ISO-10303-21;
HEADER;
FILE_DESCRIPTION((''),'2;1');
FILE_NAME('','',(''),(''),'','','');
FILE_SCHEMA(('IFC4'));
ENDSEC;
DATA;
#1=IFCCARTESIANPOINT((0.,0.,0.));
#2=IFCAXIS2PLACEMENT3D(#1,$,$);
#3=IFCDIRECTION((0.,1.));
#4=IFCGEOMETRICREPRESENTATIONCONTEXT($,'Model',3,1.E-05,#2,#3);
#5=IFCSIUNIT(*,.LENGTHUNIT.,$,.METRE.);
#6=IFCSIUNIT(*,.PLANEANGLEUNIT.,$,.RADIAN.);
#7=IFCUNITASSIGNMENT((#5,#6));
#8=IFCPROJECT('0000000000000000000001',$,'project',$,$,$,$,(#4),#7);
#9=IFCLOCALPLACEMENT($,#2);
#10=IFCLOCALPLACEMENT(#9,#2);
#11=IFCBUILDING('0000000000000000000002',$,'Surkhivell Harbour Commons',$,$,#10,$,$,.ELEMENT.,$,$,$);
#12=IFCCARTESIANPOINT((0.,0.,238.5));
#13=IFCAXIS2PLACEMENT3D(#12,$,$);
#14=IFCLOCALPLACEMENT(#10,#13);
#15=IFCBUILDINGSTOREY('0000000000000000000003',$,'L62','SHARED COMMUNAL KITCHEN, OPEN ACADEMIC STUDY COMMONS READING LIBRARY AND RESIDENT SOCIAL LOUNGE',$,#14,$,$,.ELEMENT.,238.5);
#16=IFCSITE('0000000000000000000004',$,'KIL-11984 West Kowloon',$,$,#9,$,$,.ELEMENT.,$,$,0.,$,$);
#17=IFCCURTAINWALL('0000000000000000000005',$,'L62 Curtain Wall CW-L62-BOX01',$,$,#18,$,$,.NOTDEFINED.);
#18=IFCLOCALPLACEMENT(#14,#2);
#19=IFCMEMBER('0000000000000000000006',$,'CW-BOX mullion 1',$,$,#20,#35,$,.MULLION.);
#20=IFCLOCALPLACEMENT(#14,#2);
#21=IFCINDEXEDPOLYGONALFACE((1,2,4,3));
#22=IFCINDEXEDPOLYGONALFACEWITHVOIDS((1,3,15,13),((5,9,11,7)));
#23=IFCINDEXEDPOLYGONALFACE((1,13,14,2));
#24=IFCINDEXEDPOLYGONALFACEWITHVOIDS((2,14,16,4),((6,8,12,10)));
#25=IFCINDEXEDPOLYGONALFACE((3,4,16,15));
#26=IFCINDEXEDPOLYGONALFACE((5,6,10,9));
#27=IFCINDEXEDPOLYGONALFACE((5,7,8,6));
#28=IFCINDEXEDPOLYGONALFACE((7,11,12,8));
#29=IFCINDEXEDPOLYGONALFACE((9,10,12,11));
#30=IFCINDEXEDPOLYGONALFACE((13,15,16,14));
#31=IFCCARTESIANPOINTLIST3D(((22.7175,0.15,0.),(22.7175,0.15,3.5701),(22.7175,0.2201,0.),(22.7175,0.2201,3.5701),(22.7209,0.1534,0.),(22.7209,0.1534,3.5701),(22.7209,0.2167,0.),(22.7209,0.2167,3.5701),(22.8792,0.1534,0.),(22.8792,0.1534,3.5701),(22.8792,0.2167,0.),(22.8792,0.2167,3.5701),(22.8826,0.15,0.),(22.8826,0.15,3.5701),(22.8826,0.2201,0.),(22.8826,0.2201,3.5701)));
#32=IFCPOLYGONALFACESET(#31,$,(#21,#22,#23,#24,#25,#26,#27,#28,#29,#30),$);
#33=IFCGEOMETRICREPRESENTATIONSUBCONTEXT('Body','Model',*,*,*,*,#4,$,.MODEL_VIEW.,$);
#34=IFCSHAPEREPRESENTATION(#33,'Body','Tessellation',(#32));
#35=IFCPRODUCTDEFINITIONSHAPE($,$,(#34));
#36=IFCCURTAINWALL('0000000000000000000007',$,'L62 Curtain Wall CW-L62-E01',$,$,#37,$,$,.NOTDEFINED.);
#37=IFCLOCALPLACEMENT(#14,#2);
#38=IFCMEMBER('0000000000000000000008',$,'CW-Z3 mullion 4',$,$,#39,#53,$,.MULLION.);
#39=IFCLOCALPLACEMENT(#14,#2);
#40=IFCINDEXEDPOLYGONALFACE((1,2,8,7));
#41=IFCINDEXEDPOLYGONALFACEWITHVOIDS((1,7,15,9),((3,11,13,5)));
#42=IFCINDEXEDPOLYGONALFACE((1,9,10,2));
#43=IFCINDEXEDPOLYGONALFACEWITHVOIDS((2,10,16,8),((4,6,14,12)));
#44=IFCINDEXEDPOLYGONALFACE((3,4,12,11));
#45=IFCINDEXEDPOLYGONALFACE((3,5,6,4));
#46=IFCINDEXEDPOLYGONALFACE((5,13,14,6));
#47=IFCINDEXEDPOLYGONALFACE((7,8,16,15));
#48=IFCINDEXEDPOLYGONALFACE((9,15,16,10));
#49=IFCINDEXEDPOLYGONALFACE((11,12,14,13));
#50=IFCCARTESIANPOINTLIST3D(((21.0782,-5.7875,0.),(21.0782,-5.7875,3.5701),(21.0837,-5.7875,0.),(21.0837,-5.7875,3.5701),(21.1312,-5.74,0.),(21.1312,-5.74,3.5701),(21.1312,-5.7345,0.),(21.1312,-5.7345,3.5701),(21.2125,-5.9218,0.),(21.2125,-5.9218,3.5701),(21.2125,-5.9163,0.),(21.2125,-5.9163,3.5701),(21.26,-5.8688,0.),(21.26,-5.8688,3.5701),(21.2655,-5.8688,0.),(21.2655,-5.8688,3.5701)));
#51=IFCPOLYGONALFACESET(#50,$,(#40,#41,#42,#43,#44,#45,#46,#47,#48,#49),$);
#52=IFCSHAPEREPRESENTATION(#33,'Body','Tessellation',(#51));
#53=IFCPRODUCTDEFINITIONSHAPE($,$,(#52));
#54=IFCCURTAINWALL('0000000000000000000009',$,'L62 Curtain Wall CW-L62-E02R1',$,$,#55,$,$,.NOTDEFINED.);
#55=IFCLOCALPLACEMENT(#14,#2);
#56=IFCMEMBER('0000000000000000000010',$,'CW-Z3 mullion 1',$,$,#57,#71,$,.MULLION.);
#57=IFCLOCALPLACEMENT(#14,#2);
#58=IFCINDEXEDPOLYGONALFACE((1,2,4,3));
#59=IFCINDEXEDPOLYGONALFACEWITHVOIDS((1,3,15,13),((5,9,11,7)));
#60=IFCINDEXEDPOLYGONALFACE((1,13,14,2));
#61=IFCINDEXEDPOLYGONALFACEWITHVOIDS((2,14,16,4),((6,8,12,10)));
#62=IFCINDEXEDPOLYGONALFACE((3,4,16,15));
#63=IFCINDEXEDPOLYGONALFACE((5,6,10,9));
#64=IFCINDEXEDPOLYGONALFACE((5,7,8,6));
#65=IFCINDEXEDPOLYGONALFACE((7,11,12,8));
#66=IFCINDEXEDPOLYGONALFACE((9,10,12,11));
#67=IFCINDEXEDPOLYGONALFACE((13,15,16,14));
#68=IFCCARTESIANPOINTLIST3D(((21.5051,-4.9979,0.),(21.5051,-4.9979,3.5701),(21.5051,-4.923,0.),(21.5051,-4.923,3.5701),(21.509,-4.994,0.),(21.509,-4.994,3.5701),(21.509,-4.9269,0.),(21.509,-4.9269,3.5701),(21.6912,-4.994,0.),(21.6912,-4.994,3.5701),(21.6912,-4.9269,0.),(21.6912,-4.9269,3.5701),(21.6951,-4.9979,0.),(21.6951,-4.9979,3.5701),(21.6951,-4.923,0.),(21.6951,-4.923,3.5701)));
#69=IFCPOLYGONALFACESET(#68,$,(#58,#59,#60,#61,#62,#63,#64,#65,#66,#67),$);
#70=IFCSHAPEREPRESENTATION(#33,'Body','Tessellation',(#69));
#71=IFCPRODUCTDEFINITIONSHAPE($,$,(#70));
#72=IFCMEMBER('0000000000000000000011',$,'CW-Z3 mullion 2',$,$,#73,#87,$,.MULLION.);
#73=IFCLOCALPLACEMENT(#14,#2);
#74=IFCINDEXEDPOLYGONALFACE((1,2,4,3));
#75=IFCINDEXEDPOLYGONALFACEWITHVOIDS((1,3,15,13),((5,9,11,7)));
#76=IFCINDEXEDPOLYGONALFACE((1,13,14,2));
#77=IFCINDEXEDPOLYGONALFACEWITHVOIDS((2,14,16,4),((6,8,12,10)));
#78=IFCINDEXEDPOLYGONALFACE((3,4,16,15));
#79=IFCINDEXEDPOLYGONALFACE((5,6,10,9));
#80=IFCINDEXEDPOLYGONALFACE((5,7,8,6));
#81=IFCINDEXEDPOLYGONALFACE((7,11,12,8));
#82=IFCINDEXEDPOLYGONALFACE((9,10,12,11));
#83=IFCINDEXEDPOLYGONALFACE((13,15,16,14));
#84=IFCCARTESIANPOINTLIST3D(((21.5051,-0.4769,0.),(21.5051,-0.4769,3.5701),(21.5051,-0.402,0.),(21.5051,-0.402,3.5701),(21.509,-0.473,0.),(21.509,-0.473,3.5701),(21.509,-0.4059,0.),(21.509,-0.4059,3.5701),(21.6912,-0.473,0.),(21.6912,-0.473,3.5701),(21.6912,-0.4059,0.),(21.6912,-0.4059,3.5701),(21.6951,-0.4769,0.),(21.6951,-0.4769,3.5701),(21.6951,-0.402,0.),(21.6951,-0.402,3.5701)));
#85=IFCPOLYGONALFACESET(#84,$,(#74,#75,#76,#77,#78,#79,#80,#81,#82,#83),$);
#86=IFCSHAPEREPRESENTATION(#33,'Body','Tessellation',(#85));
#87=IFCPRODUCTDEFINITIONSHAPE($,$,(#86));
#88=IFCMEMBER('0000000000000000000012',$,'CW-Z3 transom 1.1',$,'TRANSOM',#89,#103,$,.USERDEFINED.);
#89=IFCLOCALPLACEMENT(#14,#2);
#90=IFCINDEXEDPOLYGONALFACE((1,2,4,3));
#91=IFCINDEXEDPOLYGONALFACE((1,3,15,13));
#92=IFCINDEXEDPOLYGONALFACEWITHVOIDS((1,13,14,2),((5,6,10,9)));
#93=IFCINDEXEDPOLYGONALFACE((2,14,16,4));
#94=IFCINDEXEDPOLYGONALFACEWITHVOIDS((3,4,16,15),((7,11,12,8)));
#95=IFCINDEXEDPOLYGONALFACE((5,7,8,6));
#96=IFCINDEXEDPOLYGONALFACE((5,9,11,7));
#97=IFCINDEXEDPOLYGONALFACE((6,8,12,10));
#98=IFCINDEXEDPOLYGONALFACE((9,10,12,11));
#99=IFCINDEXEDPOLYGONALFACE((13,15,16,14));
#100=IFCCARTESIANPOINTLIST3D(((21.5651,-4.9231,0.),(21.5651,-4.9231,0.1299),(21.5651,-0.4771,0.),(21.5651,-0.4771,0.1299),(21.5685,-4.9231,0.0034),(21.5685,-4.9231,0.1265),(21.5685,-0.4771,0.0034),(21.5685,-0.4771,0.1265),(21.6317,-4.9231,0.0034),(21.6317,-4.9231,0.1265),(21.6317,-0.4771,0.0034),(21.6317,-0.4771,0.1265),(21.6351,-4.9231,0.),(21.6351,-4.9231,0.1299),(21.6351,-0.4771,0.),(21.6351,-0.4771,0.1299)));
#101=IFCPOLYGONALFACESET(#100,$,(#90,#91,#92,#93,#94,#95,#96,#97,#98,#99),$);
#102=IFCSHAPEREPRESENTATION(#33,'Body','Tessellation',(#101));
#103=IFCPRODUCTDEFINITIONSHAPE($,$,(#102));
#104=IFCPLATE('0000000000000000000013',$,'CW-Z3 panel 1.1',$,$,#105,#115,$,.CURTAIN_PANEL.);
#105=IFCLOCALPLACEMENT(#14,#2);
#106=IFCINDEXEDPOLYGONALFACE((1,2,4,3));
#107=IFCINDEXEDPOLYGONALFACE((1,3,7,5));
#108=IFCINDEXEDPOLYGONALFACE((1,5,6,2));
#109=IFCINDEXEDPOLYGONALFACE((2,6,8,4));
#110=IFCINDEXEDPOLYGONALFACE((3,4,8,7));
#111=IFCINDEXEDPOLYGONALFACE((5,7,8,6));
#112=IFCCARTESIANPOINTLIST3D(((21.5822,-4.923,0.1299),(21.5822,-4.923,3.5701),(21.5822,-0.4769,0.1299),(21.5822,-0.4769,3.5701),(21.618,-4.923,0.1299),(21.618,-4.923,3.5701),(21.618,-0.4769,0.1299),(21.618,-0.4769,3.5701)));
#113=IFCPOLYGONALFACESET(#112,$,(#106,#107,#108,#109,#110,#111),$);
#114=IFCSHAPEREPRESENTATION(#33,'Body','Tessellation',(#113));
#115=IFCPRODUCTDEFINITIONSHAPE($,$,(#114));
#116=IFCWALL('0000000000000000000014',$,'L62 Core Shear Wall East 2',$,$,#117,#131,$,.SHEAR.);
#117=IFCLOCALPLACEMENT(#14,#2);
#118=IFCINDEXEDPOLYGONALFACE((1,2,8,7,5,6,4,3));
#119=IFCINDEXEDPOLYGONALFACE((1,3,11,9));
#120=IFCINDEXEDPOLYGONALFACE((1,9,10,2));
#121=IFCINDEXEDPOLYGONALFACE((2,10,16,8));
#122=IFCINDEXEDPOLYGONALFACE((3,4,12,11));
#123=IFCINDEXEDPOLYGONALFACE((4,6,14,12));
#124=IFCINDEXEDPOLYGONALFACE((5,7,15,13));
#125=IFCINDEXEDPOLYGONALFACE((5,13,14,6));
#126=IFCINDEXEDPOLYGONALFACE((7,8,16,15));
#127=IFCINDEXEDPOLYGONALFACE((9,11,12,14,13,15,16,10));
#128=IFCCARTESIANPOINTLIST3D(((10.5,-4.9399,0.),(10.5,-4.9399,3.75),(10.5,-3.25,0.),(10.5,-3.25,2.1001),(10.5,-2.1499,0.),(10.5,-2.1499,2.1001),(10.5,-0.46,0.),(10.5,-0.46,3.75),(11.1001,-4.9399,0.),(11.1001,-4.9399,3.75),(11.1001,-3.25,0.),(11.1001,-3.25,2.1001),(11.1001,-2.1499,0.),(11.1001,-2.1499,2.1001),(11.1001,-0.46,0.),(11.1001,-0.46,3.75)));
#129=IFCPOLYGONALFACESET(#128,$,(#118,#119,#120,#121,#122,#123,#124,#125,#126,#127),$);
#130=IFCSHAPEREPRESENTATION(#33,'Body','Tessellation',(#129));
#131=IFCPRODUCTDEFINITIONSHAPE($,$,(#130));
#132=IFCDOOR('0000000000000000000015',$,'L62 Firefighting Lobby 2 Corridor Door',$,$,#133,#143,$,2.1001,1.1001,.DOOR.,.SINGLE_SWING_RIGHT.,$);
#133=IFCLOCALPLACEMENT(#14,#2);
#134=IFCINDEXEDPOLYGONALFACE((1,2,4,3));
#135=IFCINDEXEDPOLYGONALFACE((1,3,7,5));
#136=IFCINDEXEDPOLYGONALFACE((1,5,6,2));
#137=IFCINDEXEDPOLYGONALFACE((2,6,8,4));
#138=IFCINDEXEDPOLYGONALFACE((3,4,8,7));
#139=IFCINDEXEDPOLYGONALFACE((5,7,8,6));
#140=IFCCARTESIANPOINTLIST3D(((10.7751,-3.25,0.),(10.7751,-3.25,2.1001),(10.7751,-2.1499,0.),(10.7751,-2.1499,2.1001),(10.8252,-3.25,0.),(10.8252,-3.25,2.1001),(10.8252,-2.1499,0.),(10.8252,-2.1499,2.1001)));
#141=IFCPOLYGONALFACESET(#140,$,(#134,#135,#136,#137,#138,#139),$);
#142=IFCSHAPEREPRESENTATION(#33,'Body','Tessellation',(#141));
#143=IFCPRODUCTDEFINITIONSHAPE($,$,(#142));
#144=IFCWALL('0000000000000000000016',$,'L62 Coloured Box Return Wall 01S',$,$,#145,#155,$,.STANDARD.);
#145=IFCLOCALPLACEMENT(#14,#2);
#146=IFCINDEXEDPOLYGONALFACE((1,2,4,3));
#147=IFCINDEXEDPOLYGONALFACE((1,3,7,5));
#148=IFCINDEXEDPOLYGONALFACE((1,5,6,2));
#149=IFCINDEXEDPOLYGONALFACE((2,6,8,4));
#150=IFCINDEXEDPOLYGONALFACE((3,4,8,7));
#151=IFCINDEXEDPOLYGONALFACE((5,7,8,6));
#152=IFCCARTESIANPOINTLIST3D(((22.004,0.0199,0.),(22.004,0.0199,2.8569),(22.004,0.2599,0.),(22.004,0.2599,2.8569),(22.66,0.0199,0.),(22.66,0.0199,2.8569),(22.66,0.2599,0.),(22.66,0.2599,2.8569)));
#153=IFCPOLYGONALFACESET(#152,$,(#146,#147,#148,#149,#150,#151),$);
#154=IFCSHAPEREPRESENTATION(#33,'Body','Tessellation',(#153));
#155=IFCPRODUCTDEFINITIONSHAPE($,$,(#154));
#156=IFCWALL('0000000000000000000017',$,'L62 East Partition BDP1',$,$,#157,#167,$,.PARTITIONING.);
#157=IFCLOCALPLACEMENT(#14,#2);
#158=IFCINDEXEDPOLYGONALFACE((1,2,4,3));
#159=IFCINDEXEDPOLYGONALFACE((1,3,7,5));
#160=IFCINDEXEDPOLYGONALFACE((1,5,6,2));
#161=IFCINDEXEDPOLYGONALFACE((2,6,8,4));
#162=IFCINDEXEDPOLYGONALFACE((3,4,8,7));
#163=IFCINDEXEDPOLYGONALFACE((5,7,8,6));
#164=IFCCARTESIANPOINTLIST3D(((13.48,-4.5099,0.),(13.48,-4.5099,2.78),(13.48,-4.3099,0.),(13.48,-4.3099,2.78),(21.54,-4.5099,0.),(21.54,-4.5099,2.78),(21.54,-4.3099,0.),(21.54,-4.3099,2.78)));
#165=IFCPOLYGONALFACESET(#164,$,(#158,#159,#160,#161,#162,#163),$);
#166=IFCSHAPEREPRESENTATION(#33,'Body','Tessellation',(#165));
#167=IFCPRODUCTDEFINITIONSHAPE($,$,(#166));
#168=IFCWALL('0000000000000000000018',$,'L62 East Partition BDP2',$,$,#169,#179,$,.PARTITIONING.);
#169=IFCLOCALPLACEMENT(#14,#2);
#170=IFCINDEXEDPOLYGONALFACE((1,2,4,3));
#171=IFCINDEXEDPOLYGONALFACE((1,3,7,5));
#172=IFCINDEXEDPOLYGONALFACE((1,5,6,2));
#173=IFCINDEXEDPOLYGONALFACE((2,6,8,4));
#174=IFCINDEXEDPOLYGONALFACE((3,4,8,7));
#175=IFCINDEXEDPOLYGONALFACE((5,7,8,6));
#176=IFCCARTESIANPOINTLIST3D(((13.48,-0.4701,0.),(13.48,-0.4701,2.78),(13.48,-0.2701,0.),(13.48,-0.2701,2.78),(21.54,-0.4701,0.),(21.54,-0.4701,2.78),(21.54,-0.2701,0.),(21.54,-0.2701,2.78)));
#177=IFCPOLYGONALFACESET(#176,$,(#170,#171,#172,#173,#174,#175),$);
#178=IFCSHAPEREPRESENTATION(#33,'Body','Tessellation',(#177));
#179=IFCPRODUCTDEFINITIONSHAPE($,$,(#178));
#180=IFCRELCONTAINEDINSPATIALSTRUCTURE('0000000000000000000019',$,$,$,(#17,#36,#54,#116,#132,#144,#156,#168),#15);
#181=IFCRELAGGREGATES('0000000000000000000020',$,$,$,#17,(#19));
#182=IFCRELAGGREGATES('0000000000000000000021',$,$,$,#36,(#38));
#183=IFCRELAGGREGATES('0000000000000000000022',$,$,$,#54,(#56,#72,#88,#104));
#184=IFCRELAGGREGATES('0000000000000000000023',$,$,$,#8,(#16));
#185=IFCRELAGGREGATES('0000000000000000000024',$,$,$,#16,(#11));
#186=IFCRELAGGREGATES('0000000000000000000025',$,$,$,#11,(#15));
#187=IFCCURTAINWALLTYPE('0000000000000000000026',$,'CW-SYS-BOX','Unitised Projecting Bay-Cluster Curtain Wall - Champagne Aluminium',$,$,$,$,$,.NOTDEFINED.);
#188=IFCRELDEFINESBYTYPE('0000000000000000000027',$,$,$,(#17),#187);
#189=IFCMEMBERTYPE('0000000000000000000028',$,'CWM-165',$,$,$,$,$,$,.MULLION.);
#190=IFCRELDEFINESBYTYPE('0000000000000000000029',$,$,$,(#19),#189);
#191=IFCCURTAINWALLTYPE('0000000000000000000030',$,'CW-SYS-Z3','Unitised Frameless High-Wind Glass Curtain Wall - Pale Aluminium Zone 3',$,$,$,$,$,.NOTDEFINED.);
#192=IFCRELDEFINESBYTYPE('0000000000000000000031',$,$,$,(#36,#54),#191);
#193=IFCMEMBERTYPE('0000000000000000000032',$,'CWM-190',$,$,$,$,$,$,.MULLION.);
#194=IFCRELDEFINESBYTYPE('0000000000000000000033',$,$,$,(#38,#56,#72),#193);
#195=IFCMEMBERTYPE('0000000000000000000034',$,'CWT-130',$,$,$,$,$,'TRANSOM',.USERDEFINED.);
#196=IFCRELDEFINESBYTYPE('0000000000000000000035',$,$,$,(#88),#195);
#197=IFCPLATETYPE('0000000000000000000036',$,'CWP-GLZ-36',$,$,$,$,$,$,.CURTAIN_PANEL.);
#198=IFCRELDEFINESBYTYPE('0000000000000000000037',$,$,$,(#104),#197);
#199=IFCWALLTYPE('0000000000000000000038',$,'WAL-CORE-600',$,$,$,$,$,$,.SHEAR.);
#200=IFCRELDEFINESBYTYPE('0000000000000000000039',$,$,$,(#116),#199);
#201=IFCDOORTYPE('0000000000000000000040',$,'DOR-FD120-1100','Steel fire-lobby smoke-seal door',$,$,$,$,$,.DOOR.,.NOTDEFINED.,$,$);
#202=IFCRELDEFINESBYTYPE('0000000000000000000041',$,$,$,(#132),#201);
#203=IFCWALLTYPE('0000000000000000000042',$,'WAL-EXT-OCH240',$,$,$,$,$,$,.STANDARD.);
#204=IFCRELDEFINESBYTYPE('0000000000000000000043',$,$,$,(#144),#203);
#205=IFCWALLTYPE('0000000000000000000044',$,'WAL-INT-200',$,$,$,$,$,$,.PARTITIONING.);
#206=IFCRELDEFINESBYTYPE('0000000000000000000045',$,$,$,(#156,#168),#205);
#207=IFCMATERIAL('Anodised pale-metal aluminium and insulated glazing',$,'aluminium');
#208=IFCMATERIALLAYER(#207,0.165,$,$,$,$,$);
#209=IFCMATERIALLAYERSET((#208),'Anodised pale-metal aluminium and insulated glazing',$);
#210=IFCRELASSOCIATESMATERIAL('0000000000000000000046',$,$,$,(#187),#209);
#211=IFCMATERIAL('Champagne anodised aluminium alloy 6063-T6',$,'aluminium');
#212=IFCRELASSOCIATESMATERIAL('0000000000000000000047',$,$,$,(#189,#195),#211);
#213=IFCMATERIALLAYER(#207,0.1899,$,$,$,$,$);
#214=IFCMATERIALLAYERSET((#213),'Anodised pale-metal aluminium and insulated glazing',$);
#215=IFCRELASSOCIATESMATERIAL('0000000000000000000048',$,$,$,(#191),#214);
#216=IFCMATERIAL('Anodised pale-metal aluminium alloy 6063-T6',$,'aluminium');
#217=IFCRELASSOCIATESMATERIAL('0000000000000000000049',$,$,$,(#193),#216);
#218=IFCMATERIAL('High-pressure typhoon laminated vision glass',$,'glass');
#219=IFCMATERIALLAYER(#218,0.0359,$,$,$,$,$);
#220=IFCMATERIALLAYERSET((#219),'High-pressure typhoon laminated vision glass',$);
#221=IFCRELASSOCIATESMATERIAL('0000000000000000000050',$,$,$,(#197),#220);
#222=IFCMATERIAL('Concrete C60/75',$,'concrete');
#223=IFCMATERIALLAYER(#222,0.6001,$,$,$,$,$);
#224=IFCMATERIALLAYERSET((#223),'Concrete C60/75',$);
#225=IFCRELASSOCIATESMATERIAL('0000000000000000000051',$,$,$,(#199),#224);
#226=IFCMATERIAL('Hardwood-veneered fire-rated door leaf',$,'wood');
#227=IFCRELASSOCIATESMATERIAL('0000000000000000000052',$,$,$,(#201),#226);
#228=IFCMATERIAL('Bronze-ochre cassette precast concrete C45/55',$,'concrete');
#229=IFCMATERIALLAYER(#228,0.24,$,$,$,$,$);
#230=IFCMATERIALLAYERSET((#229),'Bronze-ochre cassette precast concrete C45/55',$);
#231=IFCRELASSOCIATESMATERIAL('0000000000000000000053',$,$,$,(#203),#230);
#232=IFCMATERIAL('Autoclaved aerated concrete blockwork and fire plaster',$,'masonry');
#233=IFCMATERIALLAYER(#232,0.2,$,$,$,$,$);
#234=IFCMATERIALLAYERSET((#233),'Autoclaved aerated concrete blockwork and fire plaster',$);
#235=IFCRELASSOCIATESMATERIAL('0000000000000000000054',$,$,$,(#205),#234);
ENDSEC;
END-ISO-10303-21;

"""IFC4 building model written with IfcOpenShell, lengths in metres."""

from ifc_helpers import new_model, si_unit, direction, frame, frame_2d, origin, origin_2d, place, context, subcontext, project, spatial, rectangle, hollow_rectangle, extrude, material, layer, layer_set, material_profile, profile_set, type_object, element, fill, aggregate, save


model = new_model("IFC4")

# Units and contexts
model_context = context("Model", 3, precision=1e-05, world=origin(), true_north=direction((0.0, 1.0)))
body_context = subcontext(model_context, "Body", "Model", "MODEL_VIEW")
ifc_project = project(units=[si_unit("LENGTHUNIT", "METRE"), si_unit("PLANEANGLEUNIT", "RADIAN")], contexts=[model_context])

# Site, building, storey
site_placement = place(None, origin())
site = spatial("IfcSite", under=ifc_project, at=site_placement, Name="KIL-11984 West Kowloon", CompositionType="ELEMENT", RefElevation=0.0)
building_placement = place(site_placement, origin())
building = spatial("IfcBuilding", under=site, at=building_placement, Name="Surkhivell Harbour Commons", CompositionType="ELEMENT")
storey_placement = place(building_placement, frame((0.0, 0.0, 238.5)))
storey = spatial("IfcBuildingStorey", under=building, at=storey_placement, Name="L62", Description="SHARED COMMUNAL KITCHEN, OPEN ACADEMIC STUDY COMMONS READING LIBRARY AND RESIDENT SOCIAL LOUNGE", CompositionType="ELEMENT", Elevation=238.5)

# Shared definitions
ifc_material_1 = material(Name="Concrete C60/75", Category="concrete")

# Curtain walls, members
ifc_material_2 = material(Name="Anodised pale-metal aluminium and insulated glazing", Category="aluminium")
ifc_layer_1 = layer(ifc_material_2, 0.165)
ifc_layer_set_1 = layer_set([ifc_layer_1], Name="Anodised pale-metal aluminium and insulated glazing")
curtain_wall_type_1 = type_object("IfcCurtainWallType", Name="CW-SYS-BOX", Description="Unitised Projecting Bay-Cluster Curtain Wall - Champagne Aluminium", PredefinedType="NOTDEFINED", material=ifc_layer_set_1)
curtain_wall_1_placement = place(storey_placement, origin())
curtain_wall_1 = element("IfcCurtainWall", 1, at=curtain_wall_1_placement, inside=storey, type_object=curtain_wall_type_1, Name="L62 Curtain Wall CW-L62-BOX01", PredefinedType="NOTDEFINED")
ifc_material_3 = material(Name="Champagne anodised aluminium alloy 6063-T6", Category="aluminium")
ifc_material_profile_1 = material_profile(ifc_material_3, hollow_rectangle(XDim=0.0701, YDim=0.165, WallThickness=0.0034, at=origin_2d()), Name="ALU-MULL-70x165")
ifc_profile_set_1 = profile_set([ifc_material_profile_1], Name="Champagne anodised aluminium alloy 6063-T6")
member_type_1 = type_object("IfcMemberType", Name="CWM-165", PredefinedType="MULLION", material=ifc_profile_set_1)
member_1_placement = place(storey_placement, frame((22.8, 0.1851, 0.0), z_axis=(0.0, 0.0, 1.0), x_axis=(0.0, 1.0, 0.0)))
member_1 = element("IfcMember", 2, at=member_1_placement, type_object=member_type_1, Name="CW-BOX mullion 1", PredefinedType="MULLION", context=body_context, shape_type="SweptSolid", body=[
    extrude(hollow_rectangle(XDim=0.0701, YDim=0.165, WallThickness=0.0034, at=origin_2d()), origin(), (0.0, 0.0, 1.0), 3.5701),
])
aggregate(curtain_wall_1, [member_1])
ifc_layer_2 = layer(ifc_material_2, 0.1899)
ifc_layer_set_2 = layer_set([ifc_layer_2], Name="Anodised pale-metal aluminium and insulated glazing")
curtain_wall_type_2 = type_object("IfcCurtainWallType", Name="CW-SYS-Z3", Description="Unitised Frameless High-Wind Glass Curtain Wall - Pale Aluminium Zone 3", PredefinedType="NOTDEFINED", material=ifc_layer_set_2)
curtain_wall_2_placement = place(storey_placement, origin())
curtain_wall_2 = element("IfcCurtainWall", 3, at=curtain_wall_2_placement, inside=storey, type_object=curtain_wall_type_2, Name="L62 Curtain Wall CW-L62-E01", PredefinedType="NOTDEFINED")
ifc_material_4 = material(Name="Anodised pale-metal aluminium alloy 6063-T6", Category="aluminium")
ifc_material_profile_2 = material_profile(ifc_material_4, hollow_rectangle(XDim=0.075, YDim=0.1899, WallThickness=0.0039, at=origin_2d()), Name="ALU-MULL-75x190")
ifc_profile_set_2 = profile_set([ifc_material_profile_2], Name="Anodised pale-metal aluminium alloy 6063-T6")
member_type_2 = type_object("IfcMemberType", Name="CWM-190", PredefinedType="MULLION", material=ifc_profile_set_2)
member_2_placement = place(storey_placement, frame((21.1719, -5.8281, 0.0), z_axis=(0.0, 0.0, 1.0), x_axis=(0.707107, 0.707107, 0.0)))
member_2 = element("IfcMember", 4, at=member_2_placement, type_object=member_type_2, Name="CW-Z3 mullion 4", PredefinedType="MULLION", context=body_context, shape_type="SweptSolid", body=[
    extrude(hollow_rectangle(XDim=0.075, YDim=0.1899, WallThickness=0.0039, at=origin_2d()), origin(), (0.0, 0.0, 1.0), 3.5701),
])
aggregate(curtain_wall_2, [member_2])

# Curtain wall, members, plate
curtain_wall_3_placement = place(storey_placement, origin())
curtain_wall_3 = element("IfcCurtainWall", 5, at=curtain_wall_3_placement, inside=storey, type_object=curtain_wall_type_2, Name="L62 Curtain Wall CW-L62-E02R1", PredefinedType="NOTDEFINED")
member_3_placement = place(storey_placement, frame((21.6001, -4.9604, 0.0), z_axis=(0.0, 0.0, 1.0), x_axis=(0.0, 1.0, 0.0)))
member_3 = element("IfcMember", 6, at=member_3_placement, type_object=member_type_2, Name="CW-Z3 mullion 1", PredefinedType="MULLION", context=body_context, shape_type="SweptSolid", body=[
    extrude(hollow_rectangle(XDim=0.075, YDim=0.1899, WallThickness=0.0039, at=origin_2d()), origin(), (0.0, 0.0, 1.0), 3.5701),
])
member_4_placement = place(storey_placement, frame((21.6001, -0.4395, 0.0), z_axis=(0.0, 0.0, 1.0), x_axis=(0.0, 1.0, 0.0)))
member_4 = element("IfcMember", 7, at=member_4_placement, type_object=member_type_2, Name="CW-Z3 mullion 2", PredefinedType="MULLION", context=body_context, shape_type="SweptSolid", body=[
    extrude(hollow_rectangle(XDim=0.075, YDim=0.1899, WallThickness=0.0039, at=origin_2d()), origin(), (0.0, 0.0, 1.0), 3.5701),
])
ifc_material_profile_3 = material_profile(ifc_material_3, hollow_rectangle(XDim=0.0701, YDim=0.1299, WallThickness=0.0034, at=origin_2d()), Name="ALU-TRAN-70x130")
ifc_profile_set_3 = profile_set([ifc_material_profile_3], Name="Champagne anodised aluminium alloy 6063-T6")
member_type_3 = type_object("IfcMemberType", Name="CWT-130", ElementType="TRANSOM", PredefinedType="USERDEFINED", material=ifc_profile_set_3)
member_5_placement = place(storey_placement, frame((21.6001, -4.9231, 0.0649), z_axis=(0.0, 1.0, 0.0), x_axis=(-1.0, 0.0, 0.0)))
member_5 = element("IfcMember", 8, at=member_5_placement, type_object=member_type_3, Name="CW-Z3 transom 1.1", ObjectType="TRANSOM", PredefinedType="USERDEFINED", context=body_context, shape_type="SweptSolid", body=[
    extrude(hollow_rectangle(XDim=0.0701, YDim=0.1299, WallThickness=0.0034, at=origin_2d()), origin(), (0.0, 0.0, 1.0), 4.446),
])
ifc_material_5 = material(Name="High-pressure typhoon laminated vision glass", Category="glass")
ifc_layer_3 = layer(ifc_material_5, 0.0359)
ifc_layer_set_3 = layer_set([ifc_layer_3], Name="High-pressure typhoon laminated vision glass")
plate_type = type_object("IfcPlateType", Name="CWP-GLZ-36", PredefinedType="CURTAIN_PANEL", material=ifc_layer_set_3)
plate_placement = place(storey_placement, frame((21.6001, -4.9231, 0.1299), z_axis=(0.0, 0.0, 1.0), x_axis=(0.0, 1.0, 0.0)))
plate = element("IfcPlate", 9, at=plate_placement, type_object=plate_type, Name="CW-Z3 panel 1.1", PredefinedType="CURTAIN_PANEL", context=body_context, shape_type="SweptSolid", body=[
    extrude(rectangle(XDim=4.446, YDim=0.0359, at=frame_2d((2.2231, 0.0))), origin(), (0.0, 0.0, 1.0), 3.4402),
])
aggregate(curtain_wall_3, [member_3, member_4, member_5, plate])

# Wall, opening, door
ifc_layer_4 = layer(ifc_material_1, 0.6001)
ifc_layer_set_4 = layer_set([ifc_layer_4], Name="Concrete C60/75")
wall_type_1 = type_object("IfcWallType", Name="WAL-CORE-600", PredefinedType="SHEAR", material=ifc_layer_set_4)
wall_1_placement = place(storey_placement, frame((10.8, -4.9399, 0.0), z_axis=(0.0, 0.0, 1.0), x_axis=(0.0, 1.0, 0.0)))
wall_1 = element("IfcWall", 10, at=wall_1_placement, inside=storey, type_object=wall_type_1, Name="L62 Core Shear Wall East 2", PredefinedType="SHEAR", context=body_context, shape_type="SweptSolid", body=[
    extrude(rectangle(XDim=4.48, YDim=0.6001, at=frame_2d((2.24, 0.0))), origin(), (0.0, 0.0, 1.0), 3.75),
])
opening_placement = place(wall_1_placement, frame((1.6899, 0.0, 0.0)))
opening = element("IfcOpeningElement", 11, at=opening_placement, cuts=wall_1, PredefinedType="OPENING", context=body_context, shape_type="SweptSolid", body=[
    extrude(rectangle(XDim=1.1001, YDim=2.1001, at=frame_2d((0.55, 1.05))), frame((0.0, 0.3101, 0.0), z_axis=(0.0, -1.0, 0.0), x_axis=(1.0, 0.0, 0.0)), (0.0, 0.0, 1.0), 0.6201),
])
ifc_material_6 = material(Name="Hardwood-veneered fire-rated door leaf", Category="wood")
door_type = type_object("IfcDoorType", Name="DOR-FD120-1100", Description="Steel fire-lobby smoke-seal door", OperationType="NOTDEFINED", PredefinedType="DOOR", material=ifc_material_6)
door_placement = place(opening_placement, origin())
door = element("IfcDoor", 12, at=door_placement, inside=storey, type_object=door_type, Name="L62 Firefighting Lobby 2 Corridor Door", OperationType="SINGLE_SWING_RIGHT", OverallHeight=2.1001, OverallWidth=1.1001, PredefinedType="DOOR", context=body_context, shape_type="SweptSolid", body=[
    extrude(rectangle(XDim=1.1001, YDim=2.1001, at=frame_2d((0.55, 1.05))), frame((0.0, 0.0249, 0.0), z_axis=(0.0, -1.0, 0.0), x_axis=(1.0, 0.0, 0.0)), (0.0, 0.0, 1.0), 0.05),
])
fill(opening, door)

# Walls
ifc_material_7 = material(Name="Bronze-ochre cassette precast concrete C45/55", Category="concrete")
ifc_layer_5 = layer(ifc_material_7, 0.24)
ifc_layer_set_5 = layer_set([ifc_layer_5], Name="Bronze-ochre cassette precast concrete C45/55")
wall_type_2 = type_object("IfcWallType", Name="WAL-EXT-OCH240", PredefinedType="STANDARD", material=ifc_layer_set_5)
wall_2_placement = place(storey_placement, frame((22.0039, 0.1399, 0.0), z_axis=(0.0, 0.0, 1.0), x_axis=(1.0, 0.0, 0.0)))
element("IfcWall", 13, at=wall_2_placement, inside=storey, type_object=wall_type_2, Name="L62 Coloured Box Return Wall 01S", PredefinedType="STANDARD", context=body_context, shape_type="SweptSolid", body=[
    extrude(rectangle(XDim=0.656, YDim=0.24, at=frame_2d((0.3281, 0.0))), origin(), (0.0, 0.0, 1.0), 2.8569),
])
ifc_material_8 = material(Name="Autoclaved aerated concrete blockwork and fire plaster", Category="masonry")
ifc_layer_6 = layer(ifc_material_8, 0.2)
ifc_layer_set_6 = layer_set([ifc_layer_6], Name="Autoclaved aerated concrete blockwork and fire plaster")
wall_type_3 = type_object("IfcWallType", Name="WAL-INT-200", PredefinedType="PARTITIONING", material=ifc_layer_set_6)
for number, where, z_axis, x_axis, name in (
    (14, (13.48, -4.4099, 0.0), (0.0, 0.0, 1.0), (1.0, 0.0, 0.0), "L62 East Partition BDP1"),
    (15, (13.48, -0.3701, 0.0), (0.0, 0.0, 1.0), (1.0, 0.0, 0.0), "L62 East Partition BDP2"),
):
    element("IfcWall", number, at=place(storey_placement, frame(where, z_axis=z_axis, x_axis=x_axis)), inside=storey, type_object=wall_type_3, Name=name, PredefinedType="PARTITIONING", context=body_context, shape_type="SweptSolid", body=[
        extrude(rectangle(XDim=8.0601, YDim=0.2, at=frame_2d((4.03, 0.0))), origin(), (0.0, 0.0, 1.0), 2.78),
    ])

save(model, "model.ifc")
